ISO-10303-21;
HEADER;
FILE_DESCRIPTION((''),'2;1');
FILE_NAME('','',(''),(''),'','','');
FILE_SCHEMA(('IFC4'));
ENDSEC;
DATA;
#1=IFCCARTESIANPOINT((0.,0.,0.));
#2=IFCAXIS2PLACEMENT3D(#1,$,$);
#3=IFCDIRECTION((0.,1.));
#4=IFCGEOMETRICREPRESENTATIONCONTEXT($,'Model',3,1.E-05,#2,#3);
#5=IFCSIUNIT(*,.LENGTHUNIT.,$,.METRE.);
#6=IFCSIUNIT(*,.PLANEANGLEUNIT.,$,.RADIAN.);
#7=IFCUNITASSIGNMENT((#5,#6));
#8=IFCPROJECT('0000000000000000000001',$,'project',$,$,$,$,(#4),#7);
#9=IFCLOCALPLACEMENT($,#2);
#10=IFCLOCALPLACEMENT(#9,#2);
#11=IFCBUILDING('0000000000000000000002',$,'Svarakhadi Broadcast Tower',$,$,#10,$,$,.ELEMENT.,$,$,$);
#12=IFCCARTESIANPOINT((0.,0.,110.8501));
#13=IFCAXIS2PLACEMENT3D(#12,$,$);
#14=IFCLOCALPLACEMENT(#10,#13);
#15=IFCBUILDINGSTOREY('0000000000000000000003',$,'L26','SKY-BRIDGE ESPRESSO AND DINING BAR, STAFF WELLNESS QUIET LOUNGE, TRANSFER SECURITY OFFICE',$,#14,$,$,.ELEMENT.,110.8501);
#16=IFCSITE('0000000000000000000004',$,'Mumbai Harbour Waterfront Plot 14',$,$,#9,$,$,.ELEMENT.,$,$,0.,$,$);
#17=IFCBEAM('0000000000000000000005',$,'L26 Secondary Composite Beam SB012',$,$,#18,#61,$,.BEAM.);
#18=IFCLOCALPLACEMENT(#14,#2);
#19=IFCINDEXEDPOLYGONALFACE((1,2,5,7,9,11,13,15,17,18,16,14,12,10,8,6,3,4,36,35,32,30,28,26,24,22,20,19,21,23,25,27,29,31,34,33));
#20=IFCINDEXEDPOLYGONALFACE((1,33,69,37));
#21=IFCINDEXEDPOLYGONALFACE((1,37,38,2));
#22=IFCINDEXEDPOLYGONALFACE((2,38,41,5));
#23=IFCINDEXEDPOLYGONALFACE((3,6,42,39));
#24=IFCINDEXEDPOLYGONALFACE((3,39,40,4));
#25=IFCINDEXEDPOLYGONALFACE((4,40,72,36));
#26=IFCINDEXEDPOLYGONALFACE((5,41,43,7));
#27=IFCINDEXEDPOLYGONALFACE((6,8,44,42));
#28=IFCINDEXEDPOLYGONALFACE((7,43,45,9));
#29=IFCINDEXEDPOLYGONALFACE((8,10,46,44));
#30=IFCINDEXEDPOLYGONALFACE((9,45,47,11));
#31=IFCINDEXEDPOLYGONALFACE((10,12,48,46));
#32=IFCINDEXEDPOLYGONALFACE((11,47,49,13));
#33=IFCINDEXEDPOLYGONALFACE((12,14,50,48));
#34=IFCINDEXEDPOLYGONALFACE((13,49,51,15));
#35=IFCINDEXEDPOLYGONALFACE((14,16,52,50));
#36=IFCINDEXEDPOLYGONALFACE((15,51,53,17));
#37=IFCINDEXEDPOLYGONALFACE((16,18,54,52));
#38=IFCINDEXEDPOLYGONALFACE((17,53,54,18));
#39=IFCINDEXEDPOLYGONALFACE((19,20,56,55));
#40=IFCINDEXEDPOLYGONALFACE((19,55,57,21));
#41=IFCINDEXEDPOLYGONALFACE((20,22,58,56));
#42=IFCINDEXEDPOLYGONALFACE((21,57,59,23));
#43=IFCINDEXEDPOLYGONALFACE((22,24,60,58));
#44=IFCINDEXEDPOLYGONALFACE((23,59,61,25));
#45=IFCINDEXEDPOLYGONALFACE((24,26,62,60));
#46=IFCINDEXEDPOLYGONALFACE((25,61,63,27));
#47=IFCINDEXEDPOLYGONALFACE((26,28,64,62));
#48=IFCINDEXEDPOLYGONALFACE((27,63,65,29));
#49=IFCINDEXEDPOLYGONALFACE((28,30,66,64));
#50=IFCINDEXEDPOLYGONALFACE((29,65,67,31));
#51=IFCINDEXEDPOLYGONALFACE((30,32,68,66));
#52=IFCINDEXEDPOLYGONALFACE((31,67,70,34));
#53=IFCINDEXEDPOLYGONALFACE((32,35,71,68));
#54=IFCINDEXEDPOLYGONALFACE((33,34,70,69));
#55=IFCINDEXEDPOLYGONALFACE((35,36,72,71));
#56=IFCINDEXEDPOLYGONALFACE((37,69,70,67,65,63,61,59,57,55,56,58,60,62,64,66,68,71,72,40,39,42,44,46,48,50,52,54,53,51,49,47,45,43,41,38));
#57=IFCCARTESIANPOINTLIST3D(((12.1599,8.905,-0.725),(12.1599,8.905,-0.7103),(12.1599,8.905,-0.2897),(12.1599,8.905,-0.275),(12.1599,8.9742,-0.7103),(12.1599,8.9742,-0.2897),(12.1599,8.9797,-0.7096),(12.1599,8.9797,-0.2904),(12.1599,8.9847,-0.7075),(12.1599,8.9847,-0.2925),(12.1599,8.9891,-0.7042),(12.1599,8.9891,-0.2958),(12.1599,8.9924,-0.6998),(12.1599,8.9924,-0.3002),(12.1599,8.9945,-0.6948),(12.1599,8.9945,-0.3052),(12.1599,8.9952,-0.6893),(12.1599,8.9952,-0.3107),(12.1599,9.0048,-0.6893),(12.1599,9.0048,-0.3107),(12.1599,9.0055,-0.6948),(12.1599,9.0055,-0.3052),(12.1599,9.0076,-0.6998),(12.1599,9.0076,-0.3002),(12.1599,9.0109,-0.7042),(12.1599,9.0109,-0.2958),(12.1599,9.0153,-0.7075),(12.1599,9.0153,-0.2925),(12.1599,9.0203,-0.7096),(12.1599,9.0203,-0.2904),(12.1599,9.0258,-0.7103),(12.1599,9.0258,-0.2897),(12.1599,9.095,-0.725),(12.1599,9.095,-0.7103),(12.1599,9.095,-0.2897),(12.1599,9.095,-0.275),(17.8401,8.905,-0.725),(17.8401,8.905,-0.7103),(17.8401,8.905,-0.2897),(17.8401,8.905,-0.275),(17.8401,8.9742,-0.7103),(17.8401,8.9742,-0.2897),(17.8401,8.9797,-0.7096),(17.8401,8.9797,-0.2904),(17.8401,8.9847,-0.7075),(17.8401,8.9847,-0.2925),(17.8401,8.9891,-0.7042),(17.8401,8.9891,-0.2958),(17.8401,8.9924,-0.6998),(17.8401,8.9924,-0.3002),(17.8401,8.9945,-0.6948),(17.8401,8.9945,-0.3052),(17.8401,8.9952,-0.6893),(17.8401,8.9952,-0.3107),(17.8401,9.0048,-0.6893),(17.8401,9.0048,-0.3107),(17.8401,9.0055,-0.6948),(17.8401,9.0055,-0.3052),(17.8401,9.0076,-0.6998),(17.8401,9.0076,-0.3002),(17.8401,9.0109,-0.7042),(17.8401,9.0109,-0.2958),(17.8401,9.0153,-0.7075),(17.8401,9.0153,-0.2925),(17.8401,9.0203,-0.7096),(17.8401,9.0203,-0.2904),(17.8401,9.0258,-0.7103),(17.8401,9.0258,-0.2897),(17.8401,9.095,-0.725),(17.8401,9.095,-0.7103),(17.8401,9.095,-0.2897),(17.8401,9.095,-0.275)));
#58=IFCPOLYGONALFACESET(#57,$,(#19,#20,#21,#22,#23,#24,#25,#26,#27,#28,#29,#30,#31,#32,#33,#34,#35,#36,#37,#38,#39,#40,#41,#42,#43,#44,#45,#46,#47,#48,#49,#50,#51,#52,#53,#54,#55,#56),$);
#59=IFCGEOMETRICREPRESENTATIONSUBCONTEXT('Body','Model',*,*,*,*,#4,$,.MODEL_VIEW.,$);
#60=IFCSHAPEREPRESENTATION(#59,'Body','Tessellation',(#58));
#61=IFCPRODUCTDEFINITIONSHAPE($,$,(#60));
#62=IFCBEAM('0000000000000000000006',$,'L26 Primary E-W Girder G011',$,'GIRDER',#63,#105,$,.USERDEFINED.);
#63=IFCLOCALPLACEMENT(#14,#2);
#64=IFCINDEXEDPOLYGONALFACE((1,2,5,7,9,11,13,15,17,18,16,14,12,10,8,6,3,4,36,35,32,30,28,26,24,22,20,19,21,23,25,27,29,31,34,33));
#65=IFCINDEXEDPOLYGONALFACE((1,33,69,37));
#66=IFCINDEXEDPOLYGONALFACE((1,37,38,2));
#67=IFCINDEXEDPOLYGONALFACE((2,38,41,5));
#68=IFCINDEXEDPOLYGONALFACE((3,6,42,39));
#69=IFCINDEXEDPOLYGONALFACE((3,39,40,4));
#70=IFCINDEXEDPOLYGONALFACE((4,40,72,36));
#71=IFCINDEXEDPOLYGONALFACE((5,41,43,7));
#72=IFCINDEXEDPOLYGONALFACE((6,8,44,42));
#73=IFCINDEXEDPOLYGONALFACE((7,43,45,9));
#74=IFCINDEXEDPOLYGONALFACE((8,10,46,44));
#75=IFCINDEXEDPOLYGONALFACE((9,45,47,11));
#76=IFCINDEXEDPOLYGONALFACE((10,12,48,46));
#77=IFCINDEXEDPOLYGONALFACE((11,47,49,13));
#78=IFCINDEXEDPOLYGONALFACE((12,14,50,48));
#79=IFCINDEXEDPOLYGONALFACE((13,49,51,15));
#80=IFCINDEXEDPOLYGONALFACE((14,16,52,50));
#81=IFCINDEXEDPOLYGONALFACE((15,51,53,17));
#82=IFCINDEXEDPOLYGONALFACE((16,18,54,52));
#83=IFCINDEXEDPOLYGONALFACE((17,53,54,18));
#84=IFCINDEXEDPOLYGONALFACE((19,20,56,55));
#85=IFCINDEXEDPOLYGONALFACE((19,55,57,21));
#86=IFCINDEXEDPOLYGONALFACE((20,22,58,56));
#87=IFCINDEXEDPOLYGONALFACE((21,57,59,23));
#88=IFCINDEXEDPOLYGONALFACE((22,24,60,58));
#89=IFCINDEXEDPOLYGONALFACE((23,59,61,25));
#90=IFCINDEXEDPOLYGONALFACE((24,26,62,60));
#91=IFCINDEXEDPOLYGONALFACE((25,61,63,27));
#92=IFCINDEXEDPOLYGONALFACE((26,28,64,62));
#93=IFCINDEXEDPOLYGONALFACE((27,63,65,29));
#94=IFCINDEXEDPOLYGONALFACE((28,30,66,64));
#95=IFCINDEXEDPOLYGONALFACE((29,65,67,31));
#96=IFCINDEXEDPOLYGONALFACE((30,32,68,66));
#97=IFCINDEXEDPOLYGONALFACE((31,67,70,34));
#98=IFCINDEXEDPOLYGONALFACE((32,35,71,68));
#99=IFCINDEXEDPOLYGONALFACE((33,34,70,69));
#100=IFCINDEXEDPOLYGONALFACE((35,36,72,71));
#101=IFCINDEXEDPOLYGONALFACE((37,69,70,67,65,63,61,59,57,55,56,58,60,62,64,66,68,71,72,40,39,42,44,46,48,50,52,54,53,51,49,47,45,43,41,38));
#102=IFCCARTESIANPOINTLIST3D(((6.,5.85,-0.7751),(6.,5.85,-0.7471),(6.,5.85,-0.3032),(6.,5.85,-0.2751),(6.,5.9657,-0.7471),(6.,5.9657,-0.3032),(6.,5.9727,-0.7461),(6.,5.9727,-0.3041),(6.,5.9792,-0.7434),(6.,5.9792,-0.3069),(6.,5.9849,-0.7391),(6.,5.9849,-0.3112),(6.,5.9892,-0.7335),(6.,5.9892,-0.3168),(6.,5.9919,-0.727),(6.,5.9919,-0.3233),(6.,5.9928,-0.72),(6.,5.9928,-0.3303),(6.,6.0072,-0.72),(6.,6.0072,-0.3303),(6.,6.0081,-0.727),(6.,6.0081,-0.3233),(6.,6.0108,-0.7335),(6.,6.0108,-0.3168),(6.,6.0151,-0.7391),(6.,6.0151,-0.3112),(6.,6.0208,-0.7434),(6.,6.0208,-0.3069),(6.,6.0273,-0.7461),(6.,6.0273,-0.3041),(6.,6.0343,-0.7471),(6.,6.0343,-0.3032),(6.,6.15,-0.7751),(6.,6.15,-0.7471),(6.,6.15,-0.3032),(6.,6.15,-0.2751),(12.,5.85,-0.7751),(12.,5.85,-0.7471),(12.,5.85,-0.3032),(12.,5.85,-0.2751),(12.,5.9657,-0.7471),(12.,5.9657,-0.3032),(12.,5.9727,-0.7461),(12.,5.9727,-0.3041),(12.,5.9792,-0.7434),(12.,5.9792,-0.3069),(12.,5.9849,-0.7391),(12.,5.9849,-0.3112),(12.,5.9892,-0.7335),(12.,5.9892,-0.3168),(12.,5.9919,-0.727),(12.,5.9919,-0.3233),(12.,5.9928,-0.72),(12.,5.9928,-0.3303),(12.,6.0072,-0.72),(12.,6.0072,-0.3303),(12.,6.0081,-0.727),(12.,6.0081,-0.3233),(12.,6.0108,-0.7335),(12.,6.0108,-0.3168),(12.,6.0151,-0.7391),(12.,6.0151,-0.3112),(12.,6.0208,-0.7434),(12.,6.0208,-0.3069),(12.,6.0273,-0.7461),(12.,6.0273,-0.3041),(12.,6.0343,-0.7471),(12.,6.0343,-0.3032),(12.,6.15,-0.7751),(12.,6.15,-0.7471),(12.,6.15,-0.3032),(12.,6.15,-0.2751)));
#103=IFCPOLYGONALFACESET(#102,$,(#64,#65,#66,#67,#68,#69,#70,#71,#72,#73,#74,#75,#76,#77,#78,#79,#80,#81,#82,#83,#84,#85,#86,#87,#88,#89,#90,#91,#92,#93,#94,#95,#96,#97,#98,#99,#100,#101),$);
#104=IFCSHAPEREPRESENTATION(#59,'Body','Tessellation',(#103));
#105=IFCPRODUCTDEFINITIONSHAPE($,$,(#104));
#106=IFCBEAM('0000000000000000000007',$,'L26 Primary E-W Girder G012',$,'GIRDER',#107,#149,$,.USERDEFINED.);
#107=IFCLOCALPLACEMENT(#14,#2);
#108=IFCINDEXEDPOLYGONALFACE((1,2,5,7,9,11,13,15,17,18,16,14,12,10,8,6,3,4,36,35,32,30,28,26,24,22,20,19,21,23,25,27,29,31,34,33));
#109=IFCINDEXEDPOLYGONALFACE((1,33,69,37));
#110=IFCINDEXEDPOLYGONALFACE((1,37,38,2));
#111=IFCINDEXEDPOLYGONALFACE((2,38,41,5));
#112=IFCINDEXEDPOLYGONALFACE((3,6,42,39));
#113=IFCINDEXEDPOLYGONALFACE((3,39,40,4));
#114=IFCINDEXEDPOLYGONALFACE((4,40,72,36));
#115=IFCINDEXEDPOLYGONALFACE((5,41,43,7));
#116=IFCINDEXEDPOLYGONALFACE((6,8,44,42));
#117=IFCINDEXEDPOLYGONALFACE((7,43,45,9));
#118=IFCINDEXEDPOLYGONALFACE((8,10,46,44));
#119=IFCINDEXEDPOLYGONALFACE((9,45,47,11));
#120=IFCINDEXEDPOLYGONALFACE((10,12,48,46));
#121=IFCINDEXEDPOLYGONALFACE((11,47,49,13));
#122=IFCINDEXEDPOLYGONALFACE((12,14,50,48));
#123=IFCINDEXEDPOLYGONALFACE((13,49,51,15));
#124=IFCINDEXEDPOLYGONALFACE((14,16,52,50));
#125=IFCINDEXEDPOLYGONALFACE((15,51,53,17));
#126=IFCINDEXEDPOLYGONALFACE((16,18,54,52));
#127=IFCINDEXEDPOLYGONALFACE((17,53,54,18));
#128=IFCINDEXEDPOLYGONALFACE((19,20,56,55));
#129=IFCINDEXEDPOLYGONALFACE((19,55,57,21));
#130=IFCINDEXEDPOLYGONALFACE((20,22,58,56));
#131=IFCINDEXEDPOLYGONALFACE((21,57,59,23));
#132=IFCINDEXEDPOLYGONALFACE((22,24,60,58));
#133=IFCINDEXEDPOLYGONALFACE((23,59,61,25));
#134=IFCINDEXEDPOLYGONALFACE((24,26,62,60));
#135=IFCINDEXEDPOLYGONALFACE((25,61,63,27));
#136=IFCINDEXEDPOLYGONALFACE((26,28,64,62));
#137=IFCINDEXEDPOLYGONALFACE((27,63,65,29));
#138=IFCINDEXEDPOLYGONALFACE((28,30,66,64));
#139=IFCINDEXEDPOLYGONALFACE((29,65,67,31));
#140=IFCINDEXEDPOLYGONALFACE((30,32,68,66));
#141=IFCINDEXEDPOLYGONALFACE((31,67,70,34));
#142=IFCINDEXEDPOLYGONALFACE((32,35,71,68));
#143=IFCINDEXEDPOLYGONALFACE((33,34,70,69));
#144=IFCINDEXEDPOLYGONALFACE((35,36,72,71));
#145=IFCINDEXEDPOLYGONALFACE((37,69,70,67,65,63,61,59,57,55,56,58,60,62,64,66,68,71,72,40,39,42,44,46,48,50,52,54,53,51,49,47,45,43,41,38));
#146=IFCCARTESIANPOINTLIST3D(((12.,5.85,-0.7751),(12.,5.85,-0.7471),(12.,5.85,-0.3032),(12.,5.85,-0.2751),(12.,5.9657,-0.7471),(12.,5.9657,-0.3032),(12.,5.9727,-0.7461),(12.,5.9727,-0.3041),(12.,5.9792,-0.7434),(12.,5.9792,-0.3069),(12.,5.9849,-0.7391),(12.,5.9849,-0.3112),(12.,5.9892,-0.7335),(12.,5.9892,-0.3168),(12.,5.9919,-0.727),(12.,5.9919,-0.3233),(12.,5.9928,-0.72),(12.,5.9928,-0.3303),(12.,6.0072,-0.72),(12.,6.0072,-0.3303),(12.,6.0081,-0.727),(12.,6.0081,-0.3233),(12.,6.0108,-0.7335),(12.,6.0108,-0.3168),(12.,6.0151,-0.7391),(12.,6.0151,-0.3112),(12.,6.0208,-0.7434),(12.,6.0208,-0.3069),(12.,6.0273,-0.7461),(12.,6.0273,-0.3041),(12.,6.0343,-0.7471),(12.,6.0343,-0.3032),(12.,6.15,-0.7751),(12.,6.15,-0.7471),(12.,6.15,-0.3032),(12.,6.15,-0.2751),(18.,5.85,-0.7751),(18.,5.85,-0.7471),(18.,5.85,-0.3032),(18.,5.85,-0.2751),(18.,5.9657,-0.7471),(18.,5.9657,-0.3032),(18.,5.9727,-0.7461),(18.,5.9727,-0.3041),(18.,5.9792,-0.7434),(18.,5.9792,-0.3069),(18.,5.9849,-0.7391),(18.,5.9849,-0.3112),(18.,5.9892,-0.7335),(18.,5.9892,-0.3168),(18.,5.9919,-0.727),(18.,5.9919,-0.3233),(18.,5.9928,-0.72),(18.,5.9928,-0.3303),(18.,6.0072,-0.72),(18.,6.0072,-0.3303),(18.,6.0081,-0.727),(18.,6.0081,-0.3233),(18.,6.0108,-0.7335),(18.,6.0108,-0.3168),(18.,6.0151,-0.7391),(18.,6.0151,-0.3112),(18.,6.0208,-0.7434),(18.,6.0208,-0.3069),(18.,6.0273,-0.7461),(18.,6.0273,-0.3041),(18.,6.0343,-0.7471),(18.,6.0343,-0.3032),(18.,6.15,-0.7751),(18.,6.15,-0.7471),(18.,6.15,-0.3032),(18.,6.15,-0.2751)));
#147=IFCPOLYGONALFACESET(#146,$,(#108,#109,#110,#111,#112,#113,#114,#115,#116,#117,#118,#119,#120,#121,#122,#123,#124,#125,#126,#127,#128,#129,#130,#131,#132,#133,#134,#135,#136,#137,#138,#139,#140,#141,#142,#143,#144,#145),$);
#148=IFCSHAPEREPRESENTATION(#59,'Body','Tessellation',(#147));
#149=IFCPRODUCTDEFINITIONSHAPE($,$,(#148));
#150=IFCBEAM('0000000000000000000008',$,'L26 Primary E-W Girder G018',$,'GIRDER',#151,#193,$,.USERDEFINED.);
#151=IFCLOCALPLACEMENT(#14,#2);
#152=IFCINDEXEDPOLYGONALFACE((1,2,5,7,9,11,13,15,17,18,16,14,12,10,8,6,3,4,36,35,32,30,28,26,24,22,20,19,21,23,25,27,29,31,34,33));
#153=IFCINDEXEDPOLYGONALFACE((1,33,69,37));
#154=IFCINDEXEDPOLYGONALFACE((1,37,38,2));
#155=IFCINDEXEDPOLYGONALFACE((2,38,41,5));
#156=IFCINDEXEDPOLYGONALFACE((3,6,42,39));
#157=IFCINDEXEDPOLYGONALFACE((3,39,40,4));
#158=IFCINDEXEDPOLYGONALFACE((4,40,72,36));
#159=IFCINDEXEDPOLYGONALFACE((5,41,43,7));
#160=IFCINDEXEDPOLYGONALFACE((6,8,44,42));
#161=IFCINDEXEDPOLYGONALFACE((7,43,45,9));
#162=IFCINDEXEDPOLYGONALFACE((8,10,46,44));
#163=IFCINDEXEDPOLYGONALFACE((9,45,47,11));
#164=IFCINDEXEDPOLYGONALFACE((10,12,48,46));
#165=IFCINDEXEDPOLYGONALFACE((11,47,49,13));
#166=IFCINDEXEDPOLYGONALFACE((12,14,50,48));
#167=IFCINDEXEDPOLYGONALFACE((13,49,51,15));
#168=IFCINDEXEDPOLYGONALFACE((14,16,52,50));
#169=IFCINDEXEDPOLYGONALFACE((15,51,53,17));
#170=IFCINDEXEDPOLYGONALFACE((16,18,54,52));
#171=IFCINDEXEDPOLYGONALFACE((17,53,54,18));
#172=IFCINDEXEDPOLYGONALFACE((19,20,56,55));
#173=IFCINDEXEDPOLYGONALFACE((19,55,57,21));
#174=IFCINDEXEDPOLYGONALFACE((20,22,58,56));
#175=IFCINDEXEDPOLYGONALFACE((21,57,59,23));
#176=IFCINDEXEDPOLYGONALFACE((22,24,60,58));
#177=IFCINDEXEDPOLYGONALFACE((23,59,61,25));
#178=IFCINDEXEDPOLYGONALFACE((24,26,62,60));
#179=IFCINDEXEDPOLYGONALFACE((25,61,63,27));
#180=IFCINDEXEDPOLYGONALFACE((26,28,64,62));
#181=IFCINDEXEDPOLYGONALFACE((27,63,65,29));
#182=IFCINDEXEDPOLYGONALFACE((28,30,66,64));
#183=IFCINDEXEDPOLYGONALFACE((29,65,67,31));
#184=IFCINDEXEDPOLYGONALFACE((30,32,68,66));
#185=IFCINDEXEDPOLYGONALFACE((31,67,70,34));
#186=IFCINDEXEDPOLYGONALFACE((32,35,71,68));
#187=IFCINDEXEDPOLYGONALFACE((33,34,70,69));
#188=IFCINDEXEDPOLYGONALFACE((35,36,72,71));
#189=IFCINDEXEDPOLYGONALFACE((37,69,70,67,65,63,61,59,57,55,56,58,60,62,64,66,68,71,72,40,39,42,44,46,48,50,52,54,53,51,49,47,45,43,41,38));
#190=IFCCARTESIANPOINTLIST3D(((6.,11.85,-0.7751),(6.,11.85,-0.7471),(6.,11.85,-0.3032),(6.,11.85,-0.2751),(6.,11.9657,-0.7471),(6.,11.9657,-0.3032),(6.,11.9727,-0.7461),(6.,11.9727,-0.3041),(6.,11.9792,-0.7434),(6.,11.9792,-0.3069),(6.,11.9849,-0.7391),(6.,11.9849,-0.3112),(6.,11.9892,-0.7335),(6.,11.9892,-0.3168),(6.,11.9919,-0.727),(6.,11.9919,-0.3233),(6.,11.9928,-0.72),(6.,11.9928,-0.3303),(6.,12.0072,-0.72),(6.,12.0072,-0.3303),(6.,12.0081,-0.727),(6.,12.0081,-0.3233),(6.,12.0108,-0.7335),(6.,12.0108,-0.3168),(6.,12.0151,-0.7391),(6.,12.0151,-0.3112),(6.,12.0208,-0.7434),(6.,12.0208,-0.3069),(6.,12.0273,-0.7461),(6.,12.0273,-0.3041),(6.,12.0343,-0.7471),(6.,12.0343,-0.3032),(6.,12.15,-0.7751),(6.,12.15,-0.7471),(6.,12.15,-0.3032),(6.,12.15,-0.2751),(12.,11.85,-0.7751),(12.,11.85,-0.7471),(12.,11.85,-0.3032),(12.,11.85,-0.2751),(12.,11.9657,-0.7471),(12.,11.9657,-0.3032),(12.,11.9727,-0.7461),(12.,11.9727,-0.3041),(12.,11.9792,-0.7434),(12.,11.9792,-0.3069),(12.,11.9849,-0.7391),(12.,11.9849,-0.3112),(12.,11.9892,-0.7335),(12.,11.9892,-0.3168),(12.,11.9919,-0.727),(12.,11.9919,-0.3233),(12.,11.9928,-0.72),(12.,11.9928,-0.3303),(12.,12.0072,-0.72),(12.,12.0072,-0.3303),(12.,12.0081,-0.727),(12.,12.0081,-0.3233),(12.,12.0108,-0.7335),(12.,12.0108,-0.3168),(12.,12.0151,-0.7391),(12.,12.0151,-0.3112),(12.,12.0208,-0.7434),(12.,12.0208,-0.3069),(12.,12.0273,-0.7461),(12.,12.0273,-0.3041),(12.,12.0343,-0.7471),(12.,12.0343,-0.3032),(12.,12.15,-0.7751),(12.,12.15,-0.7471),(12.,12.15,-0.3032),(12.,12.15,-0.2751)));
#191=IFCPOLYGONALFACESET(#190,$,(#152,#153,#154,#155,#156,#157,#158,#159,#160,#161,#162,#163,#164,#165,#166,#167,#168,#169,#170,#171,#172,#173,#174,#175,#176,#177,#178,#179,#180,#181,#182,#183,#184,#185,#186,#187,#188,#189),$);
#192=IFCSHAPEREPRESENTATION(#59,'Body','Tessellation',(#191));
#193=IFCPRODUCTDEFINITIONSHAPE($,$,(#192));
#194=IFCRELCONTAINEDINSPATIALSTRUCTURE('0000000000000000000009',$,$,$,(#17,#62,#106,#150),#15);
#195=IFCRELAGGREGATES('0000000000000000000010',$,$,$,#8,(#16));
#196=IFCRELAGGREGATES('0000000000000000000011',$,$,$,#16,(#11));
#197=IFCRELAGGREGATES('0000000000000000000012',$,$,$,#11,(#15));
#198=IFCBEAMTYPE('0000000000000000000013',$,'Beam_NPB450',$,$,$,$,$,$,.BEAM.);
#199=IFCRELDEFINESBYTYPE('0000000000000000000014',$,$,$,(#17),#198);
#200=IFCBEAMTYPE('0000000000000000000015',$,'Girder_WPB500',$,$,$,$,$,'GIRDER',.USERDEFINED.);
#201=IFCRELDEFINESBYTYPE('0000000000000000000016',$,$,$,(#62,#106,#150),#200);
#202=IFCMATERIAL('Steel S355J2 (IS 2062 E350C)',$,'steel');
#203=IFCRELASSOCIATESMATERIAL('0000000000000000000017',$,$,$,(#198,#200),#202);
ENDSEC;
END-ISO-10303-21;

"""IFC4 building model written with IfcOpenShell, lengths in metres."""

from ifc_helpers import new_model, si_unit, direction, frame, origin, origin_2d, place, context, subcontext, project, spatial, i_section, extrude, material, material_profile, profile_set, type_object, element, save


model = new_model("IFC4")

# Units and contexts
model_context = context("Model", 3, precision=1e-05, world=origin(), true_north=direction((0.0, 1.0)))
body_context = subcontext(model_context, "Body", "Model", "MODEL_VIEW")
ifc_project = project(units=[si_unit("LENGTHUNIT", "METRE"), si_unit("PLANEANGLEUNIT", "RADIAN")], contexts=[model_context])

# Site, building, storey
site_placement = place(None, origin())
site = spatial("IfcSite", under=ifc_project, at=site_placement, Name="Mumbai Harbour Waterfront Plot 14", CompositionType="ELEMENT", RefElevation=0.0)
building_placement = place(site_placement, origin())
building = spatial("IfcBuilding", under=site, at=building_placement, Name="Svarakhadi Broadcast Tower", CompositionType="ELEMENT")
storey_placement = place(building_placement, frame((0.0, 0.0, 110.8501)))
storey = spatial("IfcBuildingStorey", under=building, at=storey_placement, Name="L26", Description="SKY-BRIDGE ESPRESSO AND DINING BAR, STAFF WELLNESS QUIET LOUNGE, TRANSFER SECURITY OFFICE", CompositionType="ELEMENT", Elevation=110.8501)

# Beams
ifc_material_1 = material(Name="Steel S355J2 (IS 2062 E350C)", Category="steel")
ifc_material_profile_1 = material_profile(ifc_material_1, i_section(OverallWidth=0.1899, OverallDepth=0.45, WebThickness=0.0095, FlangeThickness=0.0146, FilletRadius=0.021, at=origin_2d()), Name="NPB 450x190x78")
ifc_profile_set_1 = profile_set([ifc_material_profile_1], Name="Steel S355J2 (IS 2062 E350C)")
beam_type_1 = type_object("IfcBeamType", Name="Beam_NPB450", PredefinedType="BEAM", material=ifc_profile_set_1)
for number, where, z_axis, x_axis, name in (
    (1, (12.1599, 9.0, -0.5), (1.0, 0.0, 0.0), (0.0, 1.0, 0.0), "L26 Secondary Composite Beam SB012"),
):
    element("IfcBeam", number, at=place(storey_placement, frame(where, z_axis=z_axis, x_axis=x_axis)), inside=storey, type_object=beam_type_1, Name=name, PredefinedType="BEAM", context=body_context, shape_type="SweptSolid", body=[
        extrude(i_section(OverallWidth=0.1899, OverallDepth=0.45, WebThickness=0.0095, FlangeThickness=0.0146, FilletRadius=0.021, at=origin_2d()), origin(), (0.0, 0.0, 1.0), 5.6802),
    ])
ifc_material_profile_2 = material_profile(ifc_material_1, i_section(OverallWidth=0.3, OverallDepth=0.5, WebThickness=0.0144, FlangeThickness=0.0281, FilletRadius=0.0271, at=origin_2d()), Name="WPB 500x300x187")
ifc_profile_set_2 = profile_set([ifc_material_profile_2], Name="Steel S355J2 (IS 2062 E350C)")
beam_type_2 = type_object("IfcBeamType", Name="Girder_WPB500", ElementType="GIRDER", PredefinedType="USERDEFINED", material=ifc_profile_set_2)
for number, where, z_axis, x_axis, name in (
    (2, (6.0, 6.0, -0.5251), (1.0, 0.0, 0.0), (0.0, 1.0, 0.0), "L26 Primary E-W Girder G011"),
    (3, (12.0, 6.0, -0.5251), (1.0, 0.0, 0.0), (0.0, 1.0, 0.0), "L26 Primary E-W Girder G012"),
    (4, (6.0, 12.0, -0.5251), (1.0, 0.0, 0.0), (0.0, 1.0, 0.0), "L26 Primary E-W Girder G018"),
):
    element("IfcBeam", number, at=place(storey_placement, frame(where, z_axis=z_axis, x_axis=x_axis)), inside=storey, type_object=beam_type_2, Name=name, ObjectType="GIRDER", PredefinedType="USERDEFINED", context=body_context, shape_type="SweptSolid", body=[
        extrude(i_section(OverallWidth=0.3, OverallDepth=0.5, WebThickness=0.0144, FlangeThickness=0.0281, FilletRadius=0.0271, at=origin_2d()), origin(), (0.0, 0.0, 1.0), 6.0),
    ])

save(model, "model.ifc")
